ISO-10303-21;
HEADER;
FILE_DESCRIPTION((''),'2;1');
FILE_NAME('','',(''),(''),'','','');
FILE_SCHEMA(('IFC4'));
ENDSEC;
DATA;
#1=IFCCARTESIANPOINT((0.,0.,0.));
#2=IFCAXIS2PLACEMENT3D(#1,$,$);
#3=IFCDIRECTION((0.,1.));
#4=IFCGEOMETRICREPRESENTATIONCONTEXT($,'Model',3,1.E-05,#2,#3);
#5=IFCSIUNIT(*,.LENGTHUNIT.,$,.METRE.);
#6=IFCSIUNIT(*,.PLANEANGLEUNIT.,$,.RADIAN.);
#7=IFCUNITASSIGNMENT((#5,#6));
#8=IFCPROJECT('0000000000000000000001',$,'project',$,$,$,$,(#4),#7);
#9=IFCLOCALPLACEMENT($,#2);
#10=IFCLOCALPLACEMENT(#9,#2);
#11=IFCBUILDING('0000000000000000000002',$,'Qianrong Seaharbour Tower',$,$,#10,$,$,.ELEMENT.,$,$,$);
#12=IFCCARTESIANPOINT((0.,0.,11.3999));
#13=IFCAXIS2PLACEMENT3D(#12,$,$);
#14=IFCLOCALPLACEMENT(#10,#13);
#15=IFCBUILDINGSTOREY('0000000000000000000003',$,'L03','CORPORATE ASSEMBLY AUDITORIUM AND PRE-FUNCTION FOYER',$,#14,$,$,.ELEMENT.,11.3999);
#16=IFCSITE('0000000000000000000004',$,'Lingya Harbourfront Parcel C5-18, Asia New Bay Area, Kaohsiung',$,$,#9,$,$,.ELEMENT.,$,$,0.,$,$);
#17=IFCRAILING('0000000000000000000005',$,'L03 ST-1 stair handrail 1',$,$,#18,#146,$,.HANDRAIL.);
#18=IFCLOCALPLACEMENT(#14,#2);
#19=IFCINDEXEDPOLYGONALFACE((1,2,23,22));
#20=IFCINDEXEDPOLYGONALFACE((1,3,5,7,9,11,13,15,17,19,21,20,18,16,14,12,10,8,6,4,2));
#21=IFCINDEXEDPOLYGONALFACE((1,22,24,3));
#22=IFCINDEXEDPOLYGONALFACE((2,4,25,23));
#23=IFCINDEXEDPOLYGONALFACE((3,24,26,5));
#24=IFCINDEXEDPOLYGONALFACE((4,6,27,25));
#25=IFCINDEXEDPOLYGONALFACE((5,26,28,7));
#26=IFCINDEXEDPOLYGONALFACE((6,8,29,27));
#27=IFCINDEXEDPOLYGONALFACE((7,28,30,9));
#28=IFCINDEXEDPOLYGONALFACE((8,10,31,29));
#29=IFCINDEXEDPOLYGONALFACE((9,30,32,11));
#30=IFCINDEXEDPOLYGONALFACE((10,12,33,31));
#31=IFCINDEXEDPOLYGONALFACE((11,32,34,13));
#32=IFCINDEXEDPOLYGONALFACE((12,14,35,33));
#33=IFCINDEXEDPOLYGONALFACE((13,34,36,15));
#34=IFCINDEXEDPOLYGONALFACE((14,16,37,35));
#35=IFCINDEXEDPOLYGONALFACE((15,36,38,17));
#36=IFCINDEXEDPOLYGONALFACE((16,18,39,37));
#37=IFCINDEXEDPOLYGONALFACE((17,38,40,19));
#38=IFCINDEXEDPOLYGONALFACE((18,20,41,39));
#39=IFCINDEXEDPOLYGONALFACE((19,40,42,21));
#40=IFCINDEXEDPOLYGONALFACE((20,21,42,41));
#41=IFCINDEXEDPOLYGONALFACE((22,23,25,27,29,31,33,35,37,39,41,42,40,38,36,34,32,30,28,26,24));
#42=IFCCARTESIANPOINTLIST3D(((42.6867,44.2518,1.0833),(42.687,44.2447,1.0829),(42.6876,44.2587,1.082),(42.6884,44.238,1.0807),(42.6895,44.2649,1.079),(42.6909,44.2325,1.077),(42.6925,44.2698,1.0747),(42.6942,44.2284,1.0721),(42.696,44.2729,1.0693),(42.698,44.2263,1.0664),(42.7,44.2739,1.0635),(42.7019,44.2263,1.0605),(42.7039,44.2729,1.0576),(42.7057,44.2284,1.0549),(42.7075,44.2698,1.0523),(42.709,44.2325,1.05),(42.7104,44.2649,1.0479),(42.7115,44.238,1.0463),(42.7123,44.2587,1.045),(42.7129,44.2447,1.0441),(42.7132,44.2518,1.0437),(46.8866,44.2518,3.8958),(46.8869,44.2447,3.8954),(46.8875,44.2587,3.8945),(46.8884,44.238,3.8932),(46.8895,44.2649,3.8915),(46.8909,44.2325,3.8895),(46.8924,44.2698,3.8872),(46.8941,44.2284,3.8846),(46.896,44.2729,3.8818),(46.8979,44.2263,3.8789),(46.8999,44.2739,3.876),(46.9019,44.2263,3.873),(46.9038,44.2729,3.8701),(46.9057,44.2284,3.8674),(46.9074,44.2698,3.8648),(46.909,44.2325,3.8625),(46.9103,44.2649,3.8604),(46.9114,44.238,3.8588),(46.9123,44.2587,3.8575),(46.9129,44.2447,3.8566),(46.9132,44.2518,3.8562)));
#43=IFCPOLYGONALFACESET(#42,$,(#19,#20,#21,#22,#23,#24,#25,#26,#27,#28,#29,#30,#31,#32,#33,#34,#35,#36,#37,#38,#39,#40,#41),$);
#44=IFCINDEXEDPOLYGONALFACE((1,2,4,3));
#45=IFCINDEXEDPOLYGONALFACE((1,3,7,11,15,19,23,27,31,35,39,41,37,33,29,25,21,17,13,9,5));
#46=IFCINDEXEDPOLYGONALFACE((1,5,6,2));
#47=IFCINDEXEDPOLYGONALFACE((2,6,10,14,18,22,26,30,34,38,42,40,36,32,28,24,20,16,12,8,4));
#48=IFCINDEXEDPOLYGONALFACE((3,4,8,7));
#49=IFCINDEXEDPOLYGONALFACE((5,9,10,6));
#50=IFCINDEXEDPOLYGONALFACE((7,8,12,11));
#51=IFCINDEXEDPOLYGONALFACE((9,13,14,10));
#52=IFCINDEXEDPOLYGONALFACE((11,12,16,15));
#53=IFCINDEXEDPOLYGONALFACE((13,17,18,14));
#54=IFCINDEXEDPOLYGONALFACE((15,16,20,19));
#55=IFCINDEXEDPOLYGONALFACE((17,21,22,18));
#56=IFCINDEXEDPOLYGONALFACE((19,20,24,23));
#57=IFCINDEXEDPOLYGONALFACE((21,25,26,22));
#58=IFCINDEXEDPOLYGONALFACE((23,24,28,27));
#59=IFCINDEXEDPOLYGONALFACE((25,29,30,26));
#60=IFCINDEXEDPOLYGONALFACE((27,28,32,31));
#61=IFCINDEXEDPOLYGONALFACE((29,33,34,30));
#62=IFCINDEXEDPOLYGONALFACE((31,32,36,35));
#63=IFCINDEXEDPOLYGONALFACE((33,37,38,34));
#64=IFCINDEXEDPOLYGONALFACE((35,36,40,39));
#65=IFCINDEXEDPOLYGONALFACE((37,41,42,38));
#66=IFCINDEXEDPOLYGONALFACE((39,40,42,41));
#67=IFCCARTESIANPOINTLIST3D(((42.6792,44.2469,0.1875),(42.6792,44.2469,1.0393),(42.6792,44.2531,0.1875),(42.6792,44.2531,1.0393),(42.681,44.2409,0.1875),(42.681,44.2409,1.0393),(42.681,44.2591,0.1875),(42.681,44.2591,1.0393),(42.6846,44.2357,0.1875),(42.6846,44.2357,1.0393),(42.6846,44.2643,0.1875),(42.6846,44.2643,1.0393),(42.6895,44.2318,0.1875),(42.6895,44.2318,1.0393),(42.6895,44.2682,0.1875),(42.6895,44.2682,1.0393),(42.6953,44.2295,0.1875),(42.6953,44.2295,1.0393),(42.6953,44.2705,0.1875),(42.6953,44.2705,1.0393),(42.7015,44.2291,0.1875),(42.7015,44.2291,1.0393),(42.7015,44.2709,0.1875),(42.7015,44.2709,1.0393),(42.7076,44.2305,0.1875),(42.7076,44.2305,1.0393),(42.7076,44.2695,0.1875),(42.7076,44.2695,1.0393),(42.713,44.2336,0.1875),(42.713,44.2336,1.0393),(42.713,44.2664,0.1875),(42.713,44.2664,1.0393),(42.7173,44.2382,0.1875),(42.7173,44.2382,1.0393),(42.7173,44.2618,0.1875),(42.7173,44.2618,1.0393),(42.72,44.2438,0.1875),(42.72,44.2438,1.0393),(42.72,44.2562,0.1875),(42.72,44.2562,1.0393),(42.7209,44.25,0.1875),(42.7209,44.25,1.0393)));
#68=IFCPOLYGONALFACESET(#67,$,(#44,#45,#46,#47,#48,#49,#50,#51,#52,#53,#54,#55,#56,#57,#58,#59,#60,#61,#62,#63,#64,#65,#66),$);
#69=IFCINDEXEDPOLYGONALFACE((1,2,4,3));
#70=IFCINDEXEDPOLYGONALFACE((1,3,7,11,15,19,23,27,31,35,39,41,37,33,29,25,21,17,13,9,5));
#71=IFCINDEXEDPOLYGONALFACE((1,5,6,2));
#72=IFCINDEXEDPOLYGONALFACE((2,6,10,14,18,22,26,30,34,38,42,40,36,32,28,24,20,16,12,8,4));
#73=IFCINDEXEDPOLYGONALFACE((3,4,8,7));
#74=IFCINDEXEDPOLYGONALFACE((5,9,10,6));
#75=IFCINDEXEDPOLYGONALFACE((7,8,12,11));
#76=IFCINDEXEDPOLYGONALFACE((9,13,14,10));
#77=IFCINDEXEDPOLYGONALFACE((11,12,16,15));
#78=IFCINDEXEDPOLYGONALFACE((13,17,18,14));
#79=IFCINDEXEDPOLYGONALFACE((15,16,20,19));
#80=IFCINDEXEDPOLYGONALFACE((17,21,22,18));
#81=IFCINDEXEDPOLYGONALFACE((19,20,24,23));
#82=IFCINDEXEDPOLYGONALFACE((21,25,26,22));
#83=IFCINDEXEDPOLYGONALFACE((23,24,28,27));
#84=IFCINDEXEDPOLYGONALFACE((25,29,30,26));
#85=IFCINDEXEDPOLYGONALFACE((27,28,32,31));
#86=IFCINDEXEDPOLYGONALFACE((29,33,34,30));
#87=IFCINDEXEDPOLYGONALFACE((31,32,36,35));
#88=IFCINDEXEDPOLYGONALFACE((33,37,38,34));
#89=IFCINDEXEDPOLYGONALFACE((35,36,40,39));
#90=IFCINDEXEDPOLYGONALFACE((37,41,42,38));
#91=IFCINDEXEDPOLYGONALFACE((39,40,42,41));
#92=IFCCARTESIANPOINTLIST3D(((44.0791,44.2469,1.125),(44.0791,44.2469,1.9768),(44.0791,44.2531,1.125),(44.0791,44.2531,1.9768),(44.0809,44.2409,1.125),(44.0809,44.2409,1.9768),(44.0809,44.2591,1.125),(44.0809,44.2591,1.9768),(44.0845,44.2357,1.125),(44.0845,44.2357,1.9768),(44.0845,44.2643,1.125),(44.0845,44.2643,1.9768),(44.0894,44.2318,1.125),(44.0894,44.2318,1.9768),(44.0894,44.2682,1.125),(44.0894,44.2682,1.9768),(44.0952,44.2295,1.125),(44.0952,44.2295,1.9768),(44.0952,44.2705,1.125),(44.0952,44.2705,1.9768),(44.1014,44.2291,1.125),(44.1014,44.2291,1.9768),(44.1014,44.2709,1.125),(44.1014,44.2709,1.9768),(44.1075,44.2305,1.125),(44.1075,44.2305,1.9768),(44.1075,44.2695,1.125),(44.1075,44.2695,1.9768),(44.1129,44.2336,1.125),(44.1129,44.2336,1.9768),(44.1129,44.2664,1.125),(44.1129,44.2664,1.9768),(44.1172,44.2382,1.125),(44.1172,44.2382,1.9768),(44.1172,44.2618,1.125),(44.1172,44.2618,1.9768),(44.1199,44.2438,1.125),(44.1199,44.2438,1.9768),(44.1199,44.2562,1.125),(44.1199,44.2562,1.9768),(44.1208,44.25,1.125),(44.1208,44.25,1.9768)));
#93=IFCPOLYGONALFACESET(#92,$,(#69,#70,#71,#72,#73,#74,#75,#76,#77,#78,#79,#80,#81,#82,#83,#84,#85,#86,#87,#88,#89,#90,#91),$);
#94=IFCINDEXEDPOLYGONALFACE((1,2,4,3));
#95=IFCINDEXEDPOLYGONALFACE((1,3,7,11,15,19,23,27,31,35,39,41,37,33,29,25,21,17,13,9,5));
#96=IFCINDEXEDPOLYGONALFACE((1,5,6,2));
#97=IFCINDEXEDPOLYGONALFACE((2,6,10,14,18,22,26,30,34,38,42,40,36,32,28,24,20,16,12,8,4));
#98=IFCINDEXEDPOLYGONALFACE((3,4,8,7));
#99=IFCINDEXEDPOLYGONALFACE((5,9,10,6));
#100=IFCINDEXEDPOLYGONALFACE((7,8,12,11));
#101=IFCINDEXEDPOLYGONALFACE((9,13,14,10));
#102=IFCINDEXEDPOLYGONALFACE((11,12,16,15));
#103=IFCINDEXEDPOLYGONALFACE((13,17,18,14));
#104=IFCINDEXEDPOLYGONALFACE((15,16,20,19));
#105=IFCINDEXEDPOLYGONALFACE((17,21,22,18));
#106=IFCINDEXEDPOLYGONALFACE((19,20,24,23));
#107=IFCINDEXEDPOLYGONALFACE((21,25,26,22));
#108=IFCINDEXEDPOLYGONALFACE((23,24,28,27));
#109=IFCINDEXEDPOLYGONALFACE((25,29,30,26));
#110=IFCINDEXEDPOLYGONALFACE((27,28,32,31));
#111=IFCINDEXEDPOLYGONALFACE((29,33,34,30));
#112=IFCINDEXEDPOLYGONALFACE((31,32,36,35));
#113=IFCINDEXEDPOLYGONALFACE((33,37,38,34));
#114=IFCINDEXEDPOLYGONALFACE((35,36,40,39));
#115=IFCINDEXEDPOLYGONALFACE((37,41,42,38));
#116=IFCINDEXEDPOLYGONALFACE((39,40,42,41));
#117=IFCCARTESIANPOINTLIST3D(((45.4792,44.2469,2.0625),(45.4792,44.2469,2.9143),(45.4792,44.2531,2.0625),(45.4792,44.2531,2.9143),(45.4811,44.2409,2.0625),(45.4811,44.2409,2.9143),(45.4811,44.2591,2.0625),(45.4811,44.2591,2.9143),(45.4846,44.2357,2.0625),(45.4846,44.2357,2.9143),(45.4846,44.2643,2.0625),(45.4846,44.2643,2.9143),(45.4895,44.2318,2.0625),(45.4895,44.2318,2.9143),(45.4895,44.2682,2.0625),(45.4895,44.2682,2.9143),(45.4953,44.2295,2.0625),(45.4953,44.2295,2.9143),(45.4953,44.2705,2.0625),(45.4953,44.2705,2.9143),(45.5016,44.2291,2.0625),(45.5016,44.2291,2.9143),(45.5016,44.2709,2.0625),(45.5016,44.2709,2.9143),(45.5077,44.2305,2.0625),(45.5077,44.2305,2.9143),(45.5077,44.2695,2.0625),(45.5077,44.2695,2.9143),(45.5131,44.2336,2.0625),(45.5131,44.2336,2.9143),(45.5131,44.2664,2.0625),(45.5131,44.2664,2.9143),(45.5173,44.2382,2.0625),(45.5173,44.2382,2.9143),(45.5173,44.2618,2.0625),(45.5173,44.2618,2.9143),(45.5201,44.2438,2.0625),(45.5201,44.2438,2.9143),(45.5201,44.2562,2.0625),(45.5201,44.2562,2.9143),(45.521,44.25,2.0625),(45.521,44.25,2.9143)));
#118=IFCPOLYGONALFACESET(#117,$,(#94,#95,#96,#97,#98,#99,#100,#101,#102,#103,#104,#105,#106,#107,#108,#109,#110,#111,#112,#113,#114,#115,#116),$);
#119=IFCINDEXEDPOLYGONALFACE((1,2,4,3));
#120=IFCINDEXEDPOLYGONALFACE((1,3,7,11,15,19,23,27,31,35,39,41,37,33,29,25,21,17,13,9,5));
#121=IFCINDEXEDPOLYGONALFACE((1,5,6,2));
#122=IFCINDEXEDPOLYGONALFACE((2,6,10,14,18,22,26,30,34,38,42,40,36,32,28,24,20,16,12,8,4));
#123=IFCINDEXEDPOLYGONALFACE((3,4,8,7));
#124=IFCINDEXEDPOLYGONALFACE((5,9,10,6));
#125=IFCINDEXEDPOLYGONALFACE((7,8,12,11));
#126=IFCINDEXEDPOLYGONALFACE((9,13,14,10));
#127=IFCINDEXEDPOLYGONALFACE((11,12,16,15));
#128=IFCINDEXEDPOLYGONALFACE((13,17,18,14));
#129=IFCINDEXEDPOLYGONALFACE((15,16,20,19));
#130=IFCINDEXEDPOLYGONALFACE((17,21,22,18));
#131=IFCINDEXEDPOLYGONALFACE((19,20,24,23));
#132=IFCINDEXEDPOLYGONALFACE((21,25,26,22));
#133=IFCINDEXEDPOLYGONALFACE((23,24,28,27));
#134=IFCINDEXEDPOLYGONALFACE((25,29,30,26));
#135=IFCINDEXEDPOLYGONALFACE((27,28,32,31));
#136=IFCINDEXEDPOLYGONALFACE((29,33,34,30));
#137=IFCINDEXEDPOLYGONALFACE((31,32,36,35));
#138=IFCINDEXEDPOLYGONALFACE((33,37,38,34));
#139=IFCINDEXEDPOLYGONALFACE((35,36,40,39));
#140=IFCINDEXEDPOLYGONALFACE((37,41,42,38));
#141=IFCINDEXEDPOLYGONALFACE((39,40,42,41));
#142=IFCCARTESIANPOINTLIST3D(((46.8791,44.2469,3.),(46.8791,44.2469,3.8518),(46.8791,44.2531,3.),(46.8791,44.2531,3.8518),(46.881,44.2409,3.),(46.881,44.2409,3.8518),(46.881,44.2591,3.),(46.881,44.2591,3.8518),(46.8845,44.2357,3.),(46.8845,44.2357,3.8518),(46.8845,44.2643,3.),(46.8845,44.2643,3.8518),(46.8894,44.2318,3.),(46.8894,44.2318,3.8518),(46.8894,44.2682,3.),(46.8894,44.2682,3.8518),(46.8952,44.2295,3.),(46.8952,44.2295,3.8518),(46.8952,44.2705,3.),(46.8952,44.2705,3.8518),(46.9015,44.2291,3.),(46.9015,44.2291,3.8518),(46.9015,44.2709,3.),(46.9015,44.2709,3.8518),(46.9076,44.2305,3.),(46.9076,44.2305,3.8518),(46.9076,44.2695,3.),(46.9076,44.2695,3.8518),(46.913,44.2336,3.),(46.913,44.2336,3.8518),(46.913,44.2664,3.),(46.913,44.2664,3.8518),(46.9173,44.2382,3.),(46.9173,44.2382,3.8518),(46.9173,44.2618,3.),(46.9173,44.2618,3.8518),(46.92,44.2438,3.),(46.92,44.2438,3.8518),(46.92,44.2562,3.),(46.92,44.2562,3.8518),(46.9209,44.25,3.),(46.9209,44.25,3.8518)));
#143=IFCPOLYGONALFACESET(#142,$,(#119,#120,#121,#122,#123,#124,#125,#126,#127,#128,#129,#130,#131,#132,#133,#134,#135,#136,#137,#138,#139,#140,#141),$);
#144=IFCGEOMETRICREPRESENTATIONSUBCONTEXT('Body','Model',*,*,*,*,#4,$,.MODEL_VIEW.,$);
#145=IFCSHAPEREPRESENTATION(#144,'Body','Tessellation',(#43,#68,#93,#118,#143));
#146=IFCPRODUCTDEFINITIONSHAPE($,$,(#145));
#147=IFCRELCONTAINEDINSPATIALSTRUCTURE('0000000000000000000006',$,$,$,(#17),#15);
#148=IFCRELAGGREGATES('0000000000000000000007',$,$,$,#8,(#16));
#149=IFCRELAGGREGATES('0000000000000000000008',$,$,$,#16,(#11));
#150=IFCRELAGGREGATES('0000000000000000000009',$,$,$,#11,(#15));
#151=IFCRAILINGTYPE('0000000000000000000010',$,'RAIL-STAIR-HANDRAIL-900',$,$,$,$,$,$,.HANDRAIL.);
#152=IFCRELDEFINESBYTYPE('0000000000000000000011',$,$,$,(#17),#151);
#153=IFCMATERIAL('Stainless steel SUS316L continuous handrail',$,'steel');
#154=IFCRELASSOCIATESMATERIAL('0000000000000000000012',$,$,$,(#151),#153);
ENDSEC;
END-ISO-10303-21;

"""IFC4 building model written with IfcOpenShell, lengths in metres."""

from ifc_helpers import new_model, si_unit, direction, frame, origin, origin_2d, place, context, subcontext, project, spatial, circle, extrude, material, type_object, element, save


model = new_model("IFC4")

# Units and contexts
model_context = context("Model", 3, precision=1e-05, world=origin(), true_north=direction((0.0, 1.0)))
body_context = subcontext(model_context, "Body", "Model", "MODEL_VIEW")
ifc_project = project(units=[si_unit("LENGTHUNIT", "METRE"), si_unit("PLANEANGLEUNIT", "RADIAN")], contexts=[model_context])

# Site, building, storey
site_placement = place(None, origin())
site = spatial("IfcSite", under=ifc_project, at=site_placement, Name="Lingya Harbourfront Parcel C5-18, Asia New Bay Area, Kaohsiung", CompositionType="ELEMENT", RefElevation=0.0)
building_placement = place(site_placement, origin())
building = spatial("IfcBuilding", under=site, at=building_placement, Name="Qianrong Seaharbour Tower", CompositionType="ELEMENT")
storey_placement = place(building_placement, frame((0.0, 0.0, 11.3999)))
storey = spatial("IfcBuildingStorey", under=building, at=storey_placement, Name="L03", Description="CORPORATE ASSEMBLY AUDITORIUM AND PRE-FUNCTION FOYER", CompositionType="ELEMENT", Elevation=11.3999)

# Railing
ifc_material_1 = material(Name="Stainless steel SUS316L continuous handrail", Category="steel")
railing_type = type_object("IfcRailingType", Name="RAIL-STAIR-HANDRAIL-900", PredefinedType="HANDRAIL", material=ifc_material_1)
railing_placement = place(storey_placement, frame((42.7, 44.25, 0.1875)))
element("IfcRailing", 1, at=railing_placement, inside=storey, type_object=railing_type, Name="L03 ST-1 stair handrail 1", PredefinedType="HANDRAIL", context=body_context, shape_type="SweptSolid", body=[
    extrude(circle(Radius=0.0239, at=origin_2d()), frame((0.0, 0.0, 0.876), z_axis=(0.830904, 0.0, 0.556416), x_axis=(0.0, 1.0, 0.0)), (0.0, 0.0, 1.0), 5.0547),
    extrude(circle(Radius=0.021, at=origin_2d()), origin(), (0.0, 0.0, 1.0), 0.8518),
    extrude(circle(Radius=0.021, at=origin_2d()), frame((1.3999, 0.0, 0.9375)), (0.0, 0.0, 1.0), 0.8518),
    extrude(circle(Radius=0.021, at=origin_2d()), frame((2.8, 0.0, 1.875)), (0.0, 0.0, 1.0), 0.8518),
    extrude(circle(Radius=0.021, at=origin_2d()), frame((4.2, 0.0, 2.8125)), (0.0, 0.0, 1.0), 0.8518),
])

save(model, "model.ifc")
